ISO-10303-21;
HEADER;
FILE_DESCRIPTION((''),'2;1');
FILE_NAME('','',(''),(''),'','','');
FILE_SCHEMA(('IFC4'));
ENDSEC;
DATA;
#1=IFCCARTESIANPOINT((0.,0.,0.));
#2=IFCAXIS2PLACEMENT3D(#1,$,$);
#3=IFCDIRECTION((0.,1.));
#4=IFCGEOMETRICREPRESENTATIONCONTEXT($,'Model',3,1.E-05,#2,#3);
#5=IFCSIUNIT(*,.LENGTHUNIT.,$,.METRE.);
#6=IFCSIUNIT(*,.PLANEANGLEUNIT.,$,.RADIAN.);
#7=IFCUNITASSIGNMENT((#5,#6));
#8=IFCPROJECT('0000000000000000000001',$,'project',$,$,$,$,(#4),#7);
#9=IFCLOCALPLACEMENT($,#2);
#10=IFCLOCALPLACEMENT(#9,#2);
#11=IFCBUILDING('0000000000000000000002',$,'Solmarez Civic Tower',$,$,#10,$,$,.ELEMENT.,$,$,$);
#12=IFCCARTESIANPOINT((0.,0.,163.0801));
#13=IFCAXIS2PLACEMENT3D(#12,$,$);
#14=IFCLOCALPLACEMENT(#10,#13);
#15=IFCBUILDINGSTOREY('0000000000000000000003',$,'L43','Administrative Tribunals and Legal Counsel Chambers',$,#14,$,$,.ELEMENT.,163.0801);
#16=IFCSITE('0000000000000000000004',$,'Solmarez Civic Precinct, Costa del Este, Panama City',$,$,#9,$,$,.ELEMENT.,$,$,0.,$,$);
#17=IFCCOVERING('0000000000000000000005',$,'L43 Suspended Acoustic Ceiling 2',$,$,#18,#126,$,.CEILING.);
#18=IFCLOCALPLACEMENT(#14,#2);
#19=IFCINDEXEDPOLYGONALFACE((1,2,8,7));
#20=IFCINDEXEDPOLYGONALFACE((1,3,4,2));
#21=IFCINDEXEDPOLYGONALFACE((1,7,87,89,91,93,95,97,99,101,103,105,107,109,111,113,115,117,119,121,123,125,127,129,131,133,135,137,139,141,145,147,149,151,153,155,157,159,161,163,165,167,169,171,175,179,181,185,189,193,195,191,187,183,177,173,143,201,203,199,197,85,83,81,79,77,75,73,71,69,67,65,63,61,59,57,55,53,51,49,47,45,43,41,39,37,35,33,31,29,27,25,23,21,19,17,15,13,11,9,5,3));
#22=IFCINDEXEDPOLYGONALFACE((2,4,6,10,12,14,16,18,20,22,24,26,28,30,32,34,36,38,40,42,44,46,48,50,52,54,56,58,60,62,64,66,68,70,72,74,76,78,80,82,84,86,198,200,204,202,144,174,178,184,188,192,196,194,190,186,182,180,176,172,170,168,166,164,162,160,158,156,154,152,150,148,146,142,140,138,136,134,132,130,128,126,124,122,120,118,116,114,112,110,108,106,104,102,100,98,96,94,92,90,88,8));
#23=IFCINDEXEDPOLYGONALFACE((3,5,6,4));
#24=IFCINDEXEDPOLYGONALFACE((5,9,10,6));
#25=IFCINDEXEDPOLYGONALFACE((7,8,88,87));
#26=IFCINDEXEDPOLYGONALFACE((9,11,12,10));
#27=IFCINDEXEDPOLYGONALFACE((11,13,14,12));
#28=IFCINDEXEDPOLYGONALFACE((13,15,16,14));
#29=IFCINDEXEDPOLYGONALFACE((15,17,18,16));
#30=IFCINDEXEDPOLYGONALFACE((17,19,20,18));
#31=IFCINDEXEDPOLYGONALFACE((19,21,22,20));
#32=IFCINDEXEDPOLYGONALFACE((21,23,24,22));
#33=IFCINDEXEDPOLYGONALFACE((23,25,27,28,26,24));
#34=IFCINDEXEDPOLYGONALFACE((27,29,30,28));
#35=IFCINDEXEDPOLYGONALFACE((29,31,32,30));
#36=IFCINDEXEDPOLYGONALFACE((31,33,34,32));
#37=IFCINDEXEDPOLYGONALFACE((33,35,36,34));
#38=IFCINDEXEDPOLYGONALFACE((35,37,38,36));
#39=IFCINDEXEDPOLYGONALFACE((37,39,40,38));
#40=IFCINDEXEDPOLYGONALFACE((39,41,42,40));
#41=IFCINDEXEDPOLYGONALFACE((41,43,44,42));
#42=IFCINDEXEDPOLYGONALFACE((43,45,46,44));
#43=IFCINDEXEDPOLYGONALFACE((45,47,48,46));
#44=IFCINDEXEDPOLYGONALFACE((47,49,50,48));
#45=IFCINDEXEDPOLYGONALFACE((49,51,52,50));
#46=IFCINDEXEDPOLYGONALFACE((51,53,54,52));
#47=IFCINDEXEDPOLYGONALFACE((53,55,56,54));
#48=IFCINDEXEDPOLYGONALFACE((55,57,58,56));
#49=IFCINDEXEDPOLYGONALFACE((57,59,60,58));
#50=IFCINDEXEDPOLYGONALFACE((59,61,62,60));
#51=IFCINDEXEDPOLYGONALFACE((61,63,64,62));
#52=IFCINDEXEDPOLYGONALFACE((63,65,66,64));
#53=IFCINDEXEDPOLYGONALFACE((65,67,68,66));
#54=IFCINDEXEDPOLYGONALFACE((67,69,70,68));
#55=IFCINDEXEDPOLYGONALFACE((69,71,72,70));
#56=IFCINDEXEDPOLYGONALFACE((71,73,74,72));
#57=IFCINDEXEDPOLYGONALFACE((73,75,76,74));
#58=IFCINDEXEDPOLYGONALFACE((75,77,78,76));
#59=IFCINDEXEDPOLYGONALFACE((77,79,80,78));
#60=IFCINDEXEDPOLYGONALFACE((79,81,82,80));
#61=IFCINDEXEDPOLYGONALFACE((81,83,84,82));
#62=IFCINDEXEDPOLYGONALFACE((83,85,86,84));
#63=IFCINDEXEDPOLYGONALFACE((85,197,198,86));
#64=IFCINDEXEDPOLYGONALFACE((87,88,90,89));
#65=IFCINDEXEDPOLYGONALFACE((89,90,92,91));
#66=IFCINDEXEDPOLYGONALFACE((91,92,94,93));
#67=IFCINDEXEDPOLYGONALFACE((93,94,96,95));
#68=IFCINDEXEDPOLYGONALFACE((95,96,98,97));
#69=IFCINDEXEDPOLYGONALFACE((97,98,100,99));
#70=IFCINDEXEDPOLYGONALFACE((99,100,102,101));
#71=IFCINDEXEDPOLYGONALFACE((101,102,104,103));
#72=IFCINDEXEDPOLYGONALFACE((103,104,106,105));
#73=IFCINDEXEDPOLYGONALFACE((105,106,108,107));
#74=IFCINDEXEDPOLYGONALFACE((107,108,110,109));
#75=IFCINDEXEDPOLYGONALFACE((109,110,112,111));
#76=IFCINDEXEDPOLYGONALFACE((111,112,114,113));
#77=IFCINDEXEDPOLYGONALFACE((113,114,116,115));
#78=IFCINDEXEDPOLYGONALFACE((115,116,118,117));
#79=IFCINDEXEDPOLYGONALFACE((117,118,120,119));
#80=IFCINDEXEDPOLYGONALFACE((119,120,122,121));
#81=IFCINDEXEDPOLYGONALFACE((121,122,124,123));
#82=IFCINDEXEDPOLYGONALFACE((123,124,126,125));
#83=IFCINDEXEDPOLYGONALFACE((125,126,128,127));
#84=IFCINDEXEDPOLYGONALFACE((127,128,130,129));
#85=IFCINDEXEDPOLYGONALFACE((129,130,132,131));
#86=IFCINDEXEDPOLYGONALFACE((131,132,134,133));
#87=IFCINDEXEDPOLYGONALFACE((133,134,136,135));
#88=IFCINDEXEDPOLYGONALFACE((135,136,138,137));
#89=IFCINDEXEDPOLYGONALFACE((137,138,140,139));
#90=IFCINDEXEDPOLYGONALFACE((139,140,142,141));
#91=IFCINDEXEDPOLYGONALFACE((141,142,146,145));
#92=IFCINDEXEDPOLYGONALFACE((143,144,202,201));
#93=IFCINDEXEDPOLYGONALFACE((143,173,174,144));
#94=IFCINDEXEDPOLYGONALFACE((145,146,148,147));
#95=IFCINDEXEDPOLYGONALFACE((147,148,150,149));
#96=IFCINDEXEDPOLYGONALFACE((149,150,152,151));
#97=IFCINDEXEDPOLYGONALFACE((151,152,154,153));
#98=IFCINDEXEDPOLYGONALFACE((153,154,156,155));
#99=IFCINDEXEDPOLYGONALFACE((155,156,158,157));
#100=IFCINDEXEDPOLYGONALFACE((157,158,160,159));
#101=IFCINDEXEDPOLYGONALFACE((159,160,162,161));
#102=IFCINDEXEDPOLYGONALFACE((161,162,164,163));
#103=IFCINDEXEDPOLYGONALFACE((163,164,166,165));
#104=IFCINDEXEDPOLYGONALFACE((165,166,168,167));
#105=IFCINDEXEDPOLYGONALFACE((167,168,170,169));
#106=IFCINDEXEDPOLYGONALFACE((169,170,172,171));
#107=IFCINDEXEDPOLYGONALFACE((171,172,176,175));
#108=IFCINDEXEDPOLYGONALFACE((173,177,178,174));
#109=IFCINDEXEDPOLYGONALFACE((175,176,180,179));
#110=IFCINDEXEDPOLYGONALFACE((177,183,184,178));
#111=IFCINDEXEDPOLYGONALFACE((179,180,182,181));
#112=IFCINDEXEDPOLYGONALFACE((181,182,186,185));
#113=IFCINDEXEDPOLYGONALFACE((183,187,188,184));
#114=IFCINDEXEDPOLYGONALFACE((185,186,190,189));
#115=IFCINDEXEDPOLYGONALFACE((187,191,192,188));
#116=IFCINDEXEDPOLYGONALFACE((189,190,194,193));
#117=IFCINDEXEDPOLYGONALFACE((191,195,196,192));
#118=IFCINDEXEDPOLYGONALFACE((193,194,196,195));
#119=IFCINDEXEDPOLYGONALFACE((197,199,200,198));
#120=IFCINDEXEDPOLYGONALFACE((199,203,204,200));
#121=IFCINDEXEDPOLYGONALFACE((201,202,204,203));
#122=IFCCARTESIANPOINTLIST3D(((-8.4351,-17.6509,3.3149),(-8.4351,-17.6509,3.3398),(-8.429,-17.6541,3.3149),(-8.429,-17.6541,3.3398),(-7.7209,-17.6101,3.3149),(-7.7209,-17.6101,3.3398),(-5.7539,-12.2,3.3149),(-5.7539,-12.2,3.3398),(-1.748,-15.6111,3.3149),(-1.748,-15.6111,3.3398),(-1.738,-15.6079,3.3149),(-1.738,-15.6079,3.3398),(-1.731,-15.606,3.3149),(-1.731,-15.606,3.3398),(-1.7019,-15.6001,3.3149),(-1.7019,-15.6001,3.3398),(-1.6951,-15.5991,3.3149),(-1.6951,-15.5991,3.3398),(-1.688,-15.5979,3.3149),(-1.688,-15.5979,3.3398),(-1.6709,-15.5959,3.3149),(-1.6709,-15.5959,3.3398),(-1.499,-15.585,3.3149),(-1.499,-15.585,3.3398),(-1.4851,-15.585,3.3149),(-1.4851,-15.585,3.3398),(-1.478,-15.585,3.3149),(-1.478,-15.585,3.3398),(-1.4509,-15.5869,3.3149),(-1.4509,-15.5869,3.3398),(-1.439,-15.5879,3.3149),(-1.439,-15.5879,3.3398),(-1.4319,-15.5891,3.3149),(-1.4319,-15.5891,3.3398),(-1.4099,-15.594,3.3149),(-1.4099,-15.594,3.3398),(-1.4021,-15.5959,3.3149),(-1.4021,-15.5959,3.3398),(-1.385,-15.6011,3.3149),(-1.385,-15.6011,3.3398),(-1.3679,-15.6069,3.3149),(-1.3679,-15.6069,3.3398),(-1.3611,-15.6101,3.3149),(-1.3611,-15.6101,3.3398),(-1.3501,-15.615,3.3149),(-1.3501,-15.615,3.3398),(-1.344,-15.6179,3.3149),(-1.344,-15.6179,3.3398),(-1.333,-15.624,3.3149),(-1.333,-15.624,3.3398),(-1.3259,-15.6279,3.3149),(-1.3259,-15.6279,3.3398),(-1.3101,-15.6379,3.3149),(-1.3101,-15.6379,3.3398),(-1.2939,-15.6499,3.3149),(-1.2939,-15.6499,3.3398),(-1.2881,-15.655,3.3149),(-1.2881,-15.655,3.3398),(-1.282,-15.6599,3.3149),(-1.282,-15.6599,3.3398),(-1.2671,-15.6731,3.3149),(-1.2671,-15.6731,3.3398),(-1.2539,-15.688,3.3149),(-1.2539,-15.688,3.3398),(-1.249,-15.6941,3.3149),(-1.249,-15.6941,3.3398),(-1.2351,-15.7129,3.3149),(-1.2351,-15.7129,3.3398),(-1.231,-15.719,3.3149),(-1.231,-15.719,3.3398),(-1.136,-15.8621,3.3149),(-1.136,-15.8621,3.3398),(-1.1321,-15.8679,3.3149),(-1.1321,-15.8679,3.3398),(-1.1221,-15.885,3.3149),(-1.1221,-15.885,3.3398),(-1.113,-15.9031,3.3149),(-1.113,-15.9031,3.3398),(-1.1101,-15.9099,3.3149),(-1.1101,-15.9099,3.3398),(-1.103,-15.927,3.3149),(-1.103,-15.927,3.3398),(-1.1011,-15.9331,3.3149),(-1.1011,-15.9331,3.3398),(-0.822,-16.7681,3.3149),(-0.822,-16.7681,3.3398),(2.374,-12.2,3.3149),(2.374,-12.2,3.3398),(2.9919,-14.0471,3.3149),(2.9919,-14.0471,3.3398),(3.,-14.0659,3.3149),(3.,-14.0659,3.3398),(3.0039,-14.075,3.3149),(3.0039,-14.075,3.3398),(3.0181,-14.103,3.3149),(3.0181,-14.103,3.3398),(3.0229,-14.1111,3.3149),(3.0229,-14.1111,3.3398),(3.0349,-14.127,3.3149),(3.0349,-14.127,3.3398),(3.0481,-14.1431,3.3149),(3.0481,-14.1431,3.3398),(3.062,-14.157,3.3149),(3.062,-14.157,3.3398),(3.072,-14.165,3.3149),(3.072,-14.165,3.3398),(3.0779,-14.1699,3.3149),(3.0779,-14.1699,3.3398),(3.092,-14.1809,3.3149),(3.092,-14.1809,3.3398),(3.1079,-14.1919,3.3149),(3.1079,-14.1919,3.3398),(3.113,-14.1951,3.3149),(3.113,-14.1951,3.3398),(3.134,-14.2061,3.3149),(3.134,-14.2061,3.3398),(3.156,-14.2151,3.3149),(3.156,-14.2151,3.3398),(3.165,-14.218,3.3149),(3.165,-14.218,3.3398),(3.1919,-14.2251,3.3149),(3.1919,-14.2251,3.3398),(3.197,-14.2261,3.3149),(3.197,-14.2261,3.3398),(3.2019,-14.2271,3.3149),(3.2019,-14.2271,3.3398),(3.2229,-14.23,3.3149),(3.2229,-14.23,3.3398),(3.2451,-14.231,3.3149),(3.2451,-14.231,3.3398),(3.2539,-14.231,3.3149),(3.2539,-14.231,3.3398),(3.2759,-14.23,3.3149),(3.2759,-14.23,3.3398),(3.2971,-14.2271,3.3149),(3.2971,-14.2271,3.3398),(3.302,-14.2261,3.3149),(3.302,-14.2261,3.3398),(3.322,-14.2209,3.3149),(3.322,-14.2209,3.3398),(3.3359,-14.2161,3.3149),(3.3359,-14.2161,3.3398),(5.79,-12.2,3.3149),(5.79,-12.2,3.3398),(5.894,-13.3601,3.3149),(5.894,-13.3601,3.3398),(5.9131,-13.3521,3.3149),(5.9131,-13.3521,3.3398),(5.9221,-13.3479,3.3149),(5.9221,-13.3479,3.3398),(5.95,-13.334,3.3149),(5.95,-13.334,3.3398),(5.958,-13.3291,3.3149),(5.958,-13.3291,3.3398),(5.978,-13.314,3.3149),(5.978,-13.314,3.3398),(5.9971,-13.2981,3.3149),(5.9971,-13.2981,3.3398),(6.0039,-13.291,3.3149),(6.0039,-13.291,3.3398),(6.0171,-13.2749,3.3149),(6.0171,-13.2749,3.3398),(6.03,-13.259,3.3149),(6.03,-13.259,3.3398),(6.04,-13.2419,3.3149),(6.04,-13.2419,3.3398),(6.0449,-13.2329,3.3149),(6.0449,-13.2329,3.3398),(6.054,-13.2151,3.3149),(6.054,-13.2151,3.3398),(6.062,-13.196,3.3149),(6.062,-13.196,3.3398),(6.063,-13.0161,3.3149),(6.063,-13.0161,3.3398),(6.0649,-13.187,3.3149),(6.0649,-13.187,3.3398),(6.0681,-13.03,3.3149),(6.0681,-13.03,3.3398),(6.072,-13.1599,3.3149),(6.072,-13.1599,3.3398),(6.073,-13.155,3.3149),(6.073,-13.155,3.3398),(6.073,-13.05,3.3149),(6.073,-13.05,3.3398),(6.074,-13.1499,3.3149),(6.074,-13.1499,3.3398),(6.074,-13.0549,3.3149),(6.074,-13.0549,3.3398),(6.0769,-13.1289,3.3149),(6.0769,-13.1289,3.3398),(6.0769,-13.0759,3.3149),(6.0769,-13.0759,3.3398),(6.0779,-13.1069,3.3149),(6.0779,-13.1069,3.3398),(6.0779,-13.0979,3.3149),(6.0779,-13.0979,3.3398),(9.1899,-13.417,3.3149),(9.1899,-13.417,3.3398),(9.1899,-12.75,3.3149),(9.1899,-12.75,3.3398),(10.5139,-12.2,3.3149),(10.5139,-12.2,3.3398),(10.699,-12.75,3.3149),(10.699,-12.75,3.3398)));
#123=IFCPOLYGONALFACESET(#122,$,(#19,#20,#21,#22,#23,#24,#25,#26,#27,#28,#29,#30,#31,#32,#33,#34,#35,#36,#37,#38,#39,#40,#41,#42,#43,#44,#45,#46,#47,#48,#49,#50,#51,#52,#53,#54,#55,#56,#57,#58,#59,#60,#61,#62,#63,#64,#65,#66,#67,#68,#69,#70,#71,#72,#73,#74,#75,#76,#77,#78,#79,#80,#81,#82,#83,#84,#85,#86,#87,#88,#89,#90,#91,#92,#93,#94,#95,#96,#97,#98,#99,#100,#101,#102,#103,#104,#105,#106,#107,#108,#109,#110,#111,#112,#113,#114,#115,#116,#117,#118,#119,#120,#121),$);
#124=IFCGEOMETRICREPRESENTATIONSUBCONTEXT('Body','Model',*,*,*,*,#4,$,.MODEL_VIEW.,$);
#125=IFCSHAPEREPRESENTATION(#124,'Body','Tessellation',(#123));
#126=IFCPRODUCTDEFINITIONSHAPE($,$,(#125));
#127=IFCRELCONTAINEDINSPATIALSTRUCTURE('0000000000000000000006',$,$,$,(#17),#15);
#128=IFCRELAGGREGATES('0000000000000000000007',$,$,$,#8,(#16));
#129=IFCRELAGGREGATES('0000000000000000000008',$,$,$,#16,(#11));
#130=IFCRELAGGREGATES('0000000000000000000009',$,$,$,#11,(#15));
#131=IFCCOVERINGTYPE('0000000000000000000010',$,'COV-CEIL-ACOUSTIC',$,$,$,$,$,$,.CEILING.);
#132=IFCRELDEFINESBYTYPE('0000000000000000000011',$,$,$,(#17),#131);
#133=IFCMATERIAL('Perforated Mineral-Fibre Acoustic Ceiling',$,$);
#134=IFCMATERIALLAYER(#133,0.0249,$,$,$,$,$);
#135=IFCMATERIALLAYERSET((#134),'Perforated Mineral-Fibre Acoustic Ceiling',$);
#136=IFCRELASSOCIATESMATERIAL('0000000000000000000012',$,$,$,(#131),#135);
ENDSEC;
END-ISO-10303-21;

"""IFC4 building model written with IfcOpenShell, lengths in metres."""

from ifc_helpers import new_model, si_unit, direction, frame, origin, place, context, subcontext, project, spatial, polyline, outline, extrude, material, layer, layer_set, type_object, element, save


model = new_model("IFC4")

# Units and contexts
model_context = context("Model", 3, precision=1e-05, world=origin(), true_north=direction((0.0, 1.0)))
body_context = subcontext(model_context, "Body", "Model", "MODEL_VIEW")
ifc_project = project(units=[si_unit("LENGTHUNIT", "METRE"), si_unit("PLANEANGLEUNIT", "RADIAN")], contexts=[model_context])

# Site, building, storey
site_placement = place(None, origin())
site = spatial("IfcSite", under=ifc_project, at=site_placement, Name="Solmarez Civic Precinct, Costa del Este, Panama City", CompositionType="ELEMENT", RefElevation=0.0)
building_placement = place(site_placement, origin())
building = spatial("IfcBuilding", under=site, at=building_placement, Name="Solmarez Civic Tower", CompositionType="ELEMENT")
storey_placement = place(building_placement, frame((0.0, 0.0, 163.0801)))
storey = spatial("IfcBuildingStorey", under=building, at=storey_placement, Name="L43", Description="Administrative Tribunals and Legal Counsel Chambers", CompositionType="ELEMENT", Elevation=163.0801)

# Covering
ifc_material_1 = material(Name="Perforated Mineral-Fibre Acoustic Ceiling")
ifc_layer_1 = layer(ifc_material_1, 0.0249)
ifc_layer_set_1 = layer_set([ifc_layer_1], Name="Perforated Mineral-Fibre Acoustic Ceiling")
covering_type_1 = type_object("IfcCoveringType", Name="COV-CEIL-ACOUSTIC", PredefinedType="CEILING", material=ifc_layer_set_1)
covering_1_placement = place(storey_placement, frame((0.0, 0.0, 3.3149)))
element("IfcCovering", 1, at=covering_1_placement, inside=storey, type_object=covering_type_1, Name="L43 Suspended Acoustic Ceiling 2", PredefinedType="CEILING", context=body_context, shape_type="SweptSolid", body=[
    extrude(outline(polyline([(3.072, -14.165), (3.062, -14.157), (3.0481, -14.1431), (3.0349, -14.127), (3.0229, -14.1111), (3.0181, -14.103), (3.0039, -14.075), (3.0, -14.0659), (2.9919, -14.0471), (2.374, -12.2), (-5.7539, -12.2), (-8.4351, -17.6509), (-8.429, -17.6541), (-7.7209, -17.6101), (-1.748, -15.6111), (-1.738, -15.6079), (-1.731, -15.606), (-1.7019, -15.6001), (-1.6951, -15.5991), (-1.688, -15.5979), (-1.6709, -15.5959), (-1.499, -15.585), (-1.4851, -15.585), (-1.478, -15.585), (-1.4509, -15.5869), (-1.439, -15.5879), (-1.4319, -15.5891), (-1.4099, -15.594), (-1.4021, -15.5959), (-1.385, -15.6011), (-1.3679, -15.6069), (-1.3611, -15.6101), (-1.3501, -15.615), (-1.344, -15.6179), (-1.333, -15.624), (-1.3259, -15.6279), (-1.3101, -15.6379), (-1.2939, -15.6499), (-1.2881, -15.655), (-1.282, -15.6599), (-1.2671, -15.6731), (-1.2539, -15.688), (-1.249, -15.6941), (-1.2351, -15.7129), (-1.231, -15.719), (-1.136, -15.8621), (-1.1321, -15.8679), (-1.1221, -15.885), (-1.113, -15.9031), (-1.1101, -15.9099), (-1.103, -15.927), (-1.1011, -15.9331), (-0.822, -16.7681), (9.1899, -13.417), (9.1899, -12.75), (10.699, -12.75), (10.5139, -12.2), (5.79, -12.2), (6.063, -13.0161), (6.0681, -13.03), (6.073, -13.05), (6.074, -13.0549), (6.0769, -13.0759), (6.0779, -13.0979), (6.0779, -13.1069), (6.0769, -13.1289), (6.074, -13.1499), (6.073, -13.155), (6.072, -13.1599), (6.0649, -13.187), (6.062, -13.196), (6.054, -13.2151), (6.0449, -13.2329), (6.04, -13.2419), (6.03, -13.259), (6.0171, -13.2749), (6.0039, -13.291), (5.9971, -13.2981), (5.978, -13.314), (5.958, -13.3291), (5.95, -13.334), (5.9221, -13.3479), (5.9131, -13.3521), (5.894, -13.3601), (3.3359, -14.2161), (3.322, -14.2209), (3.302, -14.2261), (3.2971, -14.2271), (3.2759, -14.23), (3.2539, -14.231), (3.2451, -14.231), (3.2229, -14.23), (3.2019, -14.2271), (3.197, -14.2261), (3.1919, -14.2251), (3.165, -14.218), (3.156, -14.2151), (3.134, -14.2061), (3.113, -14.1951), (3.1079, -14.1919), (3.092, -14.1809), (3.0779, -14.1699), (3.072, -14.165)])), origin(), (0.0, 0.0, 1.0), 0.0249),
])

save(model, "model.ifc")
